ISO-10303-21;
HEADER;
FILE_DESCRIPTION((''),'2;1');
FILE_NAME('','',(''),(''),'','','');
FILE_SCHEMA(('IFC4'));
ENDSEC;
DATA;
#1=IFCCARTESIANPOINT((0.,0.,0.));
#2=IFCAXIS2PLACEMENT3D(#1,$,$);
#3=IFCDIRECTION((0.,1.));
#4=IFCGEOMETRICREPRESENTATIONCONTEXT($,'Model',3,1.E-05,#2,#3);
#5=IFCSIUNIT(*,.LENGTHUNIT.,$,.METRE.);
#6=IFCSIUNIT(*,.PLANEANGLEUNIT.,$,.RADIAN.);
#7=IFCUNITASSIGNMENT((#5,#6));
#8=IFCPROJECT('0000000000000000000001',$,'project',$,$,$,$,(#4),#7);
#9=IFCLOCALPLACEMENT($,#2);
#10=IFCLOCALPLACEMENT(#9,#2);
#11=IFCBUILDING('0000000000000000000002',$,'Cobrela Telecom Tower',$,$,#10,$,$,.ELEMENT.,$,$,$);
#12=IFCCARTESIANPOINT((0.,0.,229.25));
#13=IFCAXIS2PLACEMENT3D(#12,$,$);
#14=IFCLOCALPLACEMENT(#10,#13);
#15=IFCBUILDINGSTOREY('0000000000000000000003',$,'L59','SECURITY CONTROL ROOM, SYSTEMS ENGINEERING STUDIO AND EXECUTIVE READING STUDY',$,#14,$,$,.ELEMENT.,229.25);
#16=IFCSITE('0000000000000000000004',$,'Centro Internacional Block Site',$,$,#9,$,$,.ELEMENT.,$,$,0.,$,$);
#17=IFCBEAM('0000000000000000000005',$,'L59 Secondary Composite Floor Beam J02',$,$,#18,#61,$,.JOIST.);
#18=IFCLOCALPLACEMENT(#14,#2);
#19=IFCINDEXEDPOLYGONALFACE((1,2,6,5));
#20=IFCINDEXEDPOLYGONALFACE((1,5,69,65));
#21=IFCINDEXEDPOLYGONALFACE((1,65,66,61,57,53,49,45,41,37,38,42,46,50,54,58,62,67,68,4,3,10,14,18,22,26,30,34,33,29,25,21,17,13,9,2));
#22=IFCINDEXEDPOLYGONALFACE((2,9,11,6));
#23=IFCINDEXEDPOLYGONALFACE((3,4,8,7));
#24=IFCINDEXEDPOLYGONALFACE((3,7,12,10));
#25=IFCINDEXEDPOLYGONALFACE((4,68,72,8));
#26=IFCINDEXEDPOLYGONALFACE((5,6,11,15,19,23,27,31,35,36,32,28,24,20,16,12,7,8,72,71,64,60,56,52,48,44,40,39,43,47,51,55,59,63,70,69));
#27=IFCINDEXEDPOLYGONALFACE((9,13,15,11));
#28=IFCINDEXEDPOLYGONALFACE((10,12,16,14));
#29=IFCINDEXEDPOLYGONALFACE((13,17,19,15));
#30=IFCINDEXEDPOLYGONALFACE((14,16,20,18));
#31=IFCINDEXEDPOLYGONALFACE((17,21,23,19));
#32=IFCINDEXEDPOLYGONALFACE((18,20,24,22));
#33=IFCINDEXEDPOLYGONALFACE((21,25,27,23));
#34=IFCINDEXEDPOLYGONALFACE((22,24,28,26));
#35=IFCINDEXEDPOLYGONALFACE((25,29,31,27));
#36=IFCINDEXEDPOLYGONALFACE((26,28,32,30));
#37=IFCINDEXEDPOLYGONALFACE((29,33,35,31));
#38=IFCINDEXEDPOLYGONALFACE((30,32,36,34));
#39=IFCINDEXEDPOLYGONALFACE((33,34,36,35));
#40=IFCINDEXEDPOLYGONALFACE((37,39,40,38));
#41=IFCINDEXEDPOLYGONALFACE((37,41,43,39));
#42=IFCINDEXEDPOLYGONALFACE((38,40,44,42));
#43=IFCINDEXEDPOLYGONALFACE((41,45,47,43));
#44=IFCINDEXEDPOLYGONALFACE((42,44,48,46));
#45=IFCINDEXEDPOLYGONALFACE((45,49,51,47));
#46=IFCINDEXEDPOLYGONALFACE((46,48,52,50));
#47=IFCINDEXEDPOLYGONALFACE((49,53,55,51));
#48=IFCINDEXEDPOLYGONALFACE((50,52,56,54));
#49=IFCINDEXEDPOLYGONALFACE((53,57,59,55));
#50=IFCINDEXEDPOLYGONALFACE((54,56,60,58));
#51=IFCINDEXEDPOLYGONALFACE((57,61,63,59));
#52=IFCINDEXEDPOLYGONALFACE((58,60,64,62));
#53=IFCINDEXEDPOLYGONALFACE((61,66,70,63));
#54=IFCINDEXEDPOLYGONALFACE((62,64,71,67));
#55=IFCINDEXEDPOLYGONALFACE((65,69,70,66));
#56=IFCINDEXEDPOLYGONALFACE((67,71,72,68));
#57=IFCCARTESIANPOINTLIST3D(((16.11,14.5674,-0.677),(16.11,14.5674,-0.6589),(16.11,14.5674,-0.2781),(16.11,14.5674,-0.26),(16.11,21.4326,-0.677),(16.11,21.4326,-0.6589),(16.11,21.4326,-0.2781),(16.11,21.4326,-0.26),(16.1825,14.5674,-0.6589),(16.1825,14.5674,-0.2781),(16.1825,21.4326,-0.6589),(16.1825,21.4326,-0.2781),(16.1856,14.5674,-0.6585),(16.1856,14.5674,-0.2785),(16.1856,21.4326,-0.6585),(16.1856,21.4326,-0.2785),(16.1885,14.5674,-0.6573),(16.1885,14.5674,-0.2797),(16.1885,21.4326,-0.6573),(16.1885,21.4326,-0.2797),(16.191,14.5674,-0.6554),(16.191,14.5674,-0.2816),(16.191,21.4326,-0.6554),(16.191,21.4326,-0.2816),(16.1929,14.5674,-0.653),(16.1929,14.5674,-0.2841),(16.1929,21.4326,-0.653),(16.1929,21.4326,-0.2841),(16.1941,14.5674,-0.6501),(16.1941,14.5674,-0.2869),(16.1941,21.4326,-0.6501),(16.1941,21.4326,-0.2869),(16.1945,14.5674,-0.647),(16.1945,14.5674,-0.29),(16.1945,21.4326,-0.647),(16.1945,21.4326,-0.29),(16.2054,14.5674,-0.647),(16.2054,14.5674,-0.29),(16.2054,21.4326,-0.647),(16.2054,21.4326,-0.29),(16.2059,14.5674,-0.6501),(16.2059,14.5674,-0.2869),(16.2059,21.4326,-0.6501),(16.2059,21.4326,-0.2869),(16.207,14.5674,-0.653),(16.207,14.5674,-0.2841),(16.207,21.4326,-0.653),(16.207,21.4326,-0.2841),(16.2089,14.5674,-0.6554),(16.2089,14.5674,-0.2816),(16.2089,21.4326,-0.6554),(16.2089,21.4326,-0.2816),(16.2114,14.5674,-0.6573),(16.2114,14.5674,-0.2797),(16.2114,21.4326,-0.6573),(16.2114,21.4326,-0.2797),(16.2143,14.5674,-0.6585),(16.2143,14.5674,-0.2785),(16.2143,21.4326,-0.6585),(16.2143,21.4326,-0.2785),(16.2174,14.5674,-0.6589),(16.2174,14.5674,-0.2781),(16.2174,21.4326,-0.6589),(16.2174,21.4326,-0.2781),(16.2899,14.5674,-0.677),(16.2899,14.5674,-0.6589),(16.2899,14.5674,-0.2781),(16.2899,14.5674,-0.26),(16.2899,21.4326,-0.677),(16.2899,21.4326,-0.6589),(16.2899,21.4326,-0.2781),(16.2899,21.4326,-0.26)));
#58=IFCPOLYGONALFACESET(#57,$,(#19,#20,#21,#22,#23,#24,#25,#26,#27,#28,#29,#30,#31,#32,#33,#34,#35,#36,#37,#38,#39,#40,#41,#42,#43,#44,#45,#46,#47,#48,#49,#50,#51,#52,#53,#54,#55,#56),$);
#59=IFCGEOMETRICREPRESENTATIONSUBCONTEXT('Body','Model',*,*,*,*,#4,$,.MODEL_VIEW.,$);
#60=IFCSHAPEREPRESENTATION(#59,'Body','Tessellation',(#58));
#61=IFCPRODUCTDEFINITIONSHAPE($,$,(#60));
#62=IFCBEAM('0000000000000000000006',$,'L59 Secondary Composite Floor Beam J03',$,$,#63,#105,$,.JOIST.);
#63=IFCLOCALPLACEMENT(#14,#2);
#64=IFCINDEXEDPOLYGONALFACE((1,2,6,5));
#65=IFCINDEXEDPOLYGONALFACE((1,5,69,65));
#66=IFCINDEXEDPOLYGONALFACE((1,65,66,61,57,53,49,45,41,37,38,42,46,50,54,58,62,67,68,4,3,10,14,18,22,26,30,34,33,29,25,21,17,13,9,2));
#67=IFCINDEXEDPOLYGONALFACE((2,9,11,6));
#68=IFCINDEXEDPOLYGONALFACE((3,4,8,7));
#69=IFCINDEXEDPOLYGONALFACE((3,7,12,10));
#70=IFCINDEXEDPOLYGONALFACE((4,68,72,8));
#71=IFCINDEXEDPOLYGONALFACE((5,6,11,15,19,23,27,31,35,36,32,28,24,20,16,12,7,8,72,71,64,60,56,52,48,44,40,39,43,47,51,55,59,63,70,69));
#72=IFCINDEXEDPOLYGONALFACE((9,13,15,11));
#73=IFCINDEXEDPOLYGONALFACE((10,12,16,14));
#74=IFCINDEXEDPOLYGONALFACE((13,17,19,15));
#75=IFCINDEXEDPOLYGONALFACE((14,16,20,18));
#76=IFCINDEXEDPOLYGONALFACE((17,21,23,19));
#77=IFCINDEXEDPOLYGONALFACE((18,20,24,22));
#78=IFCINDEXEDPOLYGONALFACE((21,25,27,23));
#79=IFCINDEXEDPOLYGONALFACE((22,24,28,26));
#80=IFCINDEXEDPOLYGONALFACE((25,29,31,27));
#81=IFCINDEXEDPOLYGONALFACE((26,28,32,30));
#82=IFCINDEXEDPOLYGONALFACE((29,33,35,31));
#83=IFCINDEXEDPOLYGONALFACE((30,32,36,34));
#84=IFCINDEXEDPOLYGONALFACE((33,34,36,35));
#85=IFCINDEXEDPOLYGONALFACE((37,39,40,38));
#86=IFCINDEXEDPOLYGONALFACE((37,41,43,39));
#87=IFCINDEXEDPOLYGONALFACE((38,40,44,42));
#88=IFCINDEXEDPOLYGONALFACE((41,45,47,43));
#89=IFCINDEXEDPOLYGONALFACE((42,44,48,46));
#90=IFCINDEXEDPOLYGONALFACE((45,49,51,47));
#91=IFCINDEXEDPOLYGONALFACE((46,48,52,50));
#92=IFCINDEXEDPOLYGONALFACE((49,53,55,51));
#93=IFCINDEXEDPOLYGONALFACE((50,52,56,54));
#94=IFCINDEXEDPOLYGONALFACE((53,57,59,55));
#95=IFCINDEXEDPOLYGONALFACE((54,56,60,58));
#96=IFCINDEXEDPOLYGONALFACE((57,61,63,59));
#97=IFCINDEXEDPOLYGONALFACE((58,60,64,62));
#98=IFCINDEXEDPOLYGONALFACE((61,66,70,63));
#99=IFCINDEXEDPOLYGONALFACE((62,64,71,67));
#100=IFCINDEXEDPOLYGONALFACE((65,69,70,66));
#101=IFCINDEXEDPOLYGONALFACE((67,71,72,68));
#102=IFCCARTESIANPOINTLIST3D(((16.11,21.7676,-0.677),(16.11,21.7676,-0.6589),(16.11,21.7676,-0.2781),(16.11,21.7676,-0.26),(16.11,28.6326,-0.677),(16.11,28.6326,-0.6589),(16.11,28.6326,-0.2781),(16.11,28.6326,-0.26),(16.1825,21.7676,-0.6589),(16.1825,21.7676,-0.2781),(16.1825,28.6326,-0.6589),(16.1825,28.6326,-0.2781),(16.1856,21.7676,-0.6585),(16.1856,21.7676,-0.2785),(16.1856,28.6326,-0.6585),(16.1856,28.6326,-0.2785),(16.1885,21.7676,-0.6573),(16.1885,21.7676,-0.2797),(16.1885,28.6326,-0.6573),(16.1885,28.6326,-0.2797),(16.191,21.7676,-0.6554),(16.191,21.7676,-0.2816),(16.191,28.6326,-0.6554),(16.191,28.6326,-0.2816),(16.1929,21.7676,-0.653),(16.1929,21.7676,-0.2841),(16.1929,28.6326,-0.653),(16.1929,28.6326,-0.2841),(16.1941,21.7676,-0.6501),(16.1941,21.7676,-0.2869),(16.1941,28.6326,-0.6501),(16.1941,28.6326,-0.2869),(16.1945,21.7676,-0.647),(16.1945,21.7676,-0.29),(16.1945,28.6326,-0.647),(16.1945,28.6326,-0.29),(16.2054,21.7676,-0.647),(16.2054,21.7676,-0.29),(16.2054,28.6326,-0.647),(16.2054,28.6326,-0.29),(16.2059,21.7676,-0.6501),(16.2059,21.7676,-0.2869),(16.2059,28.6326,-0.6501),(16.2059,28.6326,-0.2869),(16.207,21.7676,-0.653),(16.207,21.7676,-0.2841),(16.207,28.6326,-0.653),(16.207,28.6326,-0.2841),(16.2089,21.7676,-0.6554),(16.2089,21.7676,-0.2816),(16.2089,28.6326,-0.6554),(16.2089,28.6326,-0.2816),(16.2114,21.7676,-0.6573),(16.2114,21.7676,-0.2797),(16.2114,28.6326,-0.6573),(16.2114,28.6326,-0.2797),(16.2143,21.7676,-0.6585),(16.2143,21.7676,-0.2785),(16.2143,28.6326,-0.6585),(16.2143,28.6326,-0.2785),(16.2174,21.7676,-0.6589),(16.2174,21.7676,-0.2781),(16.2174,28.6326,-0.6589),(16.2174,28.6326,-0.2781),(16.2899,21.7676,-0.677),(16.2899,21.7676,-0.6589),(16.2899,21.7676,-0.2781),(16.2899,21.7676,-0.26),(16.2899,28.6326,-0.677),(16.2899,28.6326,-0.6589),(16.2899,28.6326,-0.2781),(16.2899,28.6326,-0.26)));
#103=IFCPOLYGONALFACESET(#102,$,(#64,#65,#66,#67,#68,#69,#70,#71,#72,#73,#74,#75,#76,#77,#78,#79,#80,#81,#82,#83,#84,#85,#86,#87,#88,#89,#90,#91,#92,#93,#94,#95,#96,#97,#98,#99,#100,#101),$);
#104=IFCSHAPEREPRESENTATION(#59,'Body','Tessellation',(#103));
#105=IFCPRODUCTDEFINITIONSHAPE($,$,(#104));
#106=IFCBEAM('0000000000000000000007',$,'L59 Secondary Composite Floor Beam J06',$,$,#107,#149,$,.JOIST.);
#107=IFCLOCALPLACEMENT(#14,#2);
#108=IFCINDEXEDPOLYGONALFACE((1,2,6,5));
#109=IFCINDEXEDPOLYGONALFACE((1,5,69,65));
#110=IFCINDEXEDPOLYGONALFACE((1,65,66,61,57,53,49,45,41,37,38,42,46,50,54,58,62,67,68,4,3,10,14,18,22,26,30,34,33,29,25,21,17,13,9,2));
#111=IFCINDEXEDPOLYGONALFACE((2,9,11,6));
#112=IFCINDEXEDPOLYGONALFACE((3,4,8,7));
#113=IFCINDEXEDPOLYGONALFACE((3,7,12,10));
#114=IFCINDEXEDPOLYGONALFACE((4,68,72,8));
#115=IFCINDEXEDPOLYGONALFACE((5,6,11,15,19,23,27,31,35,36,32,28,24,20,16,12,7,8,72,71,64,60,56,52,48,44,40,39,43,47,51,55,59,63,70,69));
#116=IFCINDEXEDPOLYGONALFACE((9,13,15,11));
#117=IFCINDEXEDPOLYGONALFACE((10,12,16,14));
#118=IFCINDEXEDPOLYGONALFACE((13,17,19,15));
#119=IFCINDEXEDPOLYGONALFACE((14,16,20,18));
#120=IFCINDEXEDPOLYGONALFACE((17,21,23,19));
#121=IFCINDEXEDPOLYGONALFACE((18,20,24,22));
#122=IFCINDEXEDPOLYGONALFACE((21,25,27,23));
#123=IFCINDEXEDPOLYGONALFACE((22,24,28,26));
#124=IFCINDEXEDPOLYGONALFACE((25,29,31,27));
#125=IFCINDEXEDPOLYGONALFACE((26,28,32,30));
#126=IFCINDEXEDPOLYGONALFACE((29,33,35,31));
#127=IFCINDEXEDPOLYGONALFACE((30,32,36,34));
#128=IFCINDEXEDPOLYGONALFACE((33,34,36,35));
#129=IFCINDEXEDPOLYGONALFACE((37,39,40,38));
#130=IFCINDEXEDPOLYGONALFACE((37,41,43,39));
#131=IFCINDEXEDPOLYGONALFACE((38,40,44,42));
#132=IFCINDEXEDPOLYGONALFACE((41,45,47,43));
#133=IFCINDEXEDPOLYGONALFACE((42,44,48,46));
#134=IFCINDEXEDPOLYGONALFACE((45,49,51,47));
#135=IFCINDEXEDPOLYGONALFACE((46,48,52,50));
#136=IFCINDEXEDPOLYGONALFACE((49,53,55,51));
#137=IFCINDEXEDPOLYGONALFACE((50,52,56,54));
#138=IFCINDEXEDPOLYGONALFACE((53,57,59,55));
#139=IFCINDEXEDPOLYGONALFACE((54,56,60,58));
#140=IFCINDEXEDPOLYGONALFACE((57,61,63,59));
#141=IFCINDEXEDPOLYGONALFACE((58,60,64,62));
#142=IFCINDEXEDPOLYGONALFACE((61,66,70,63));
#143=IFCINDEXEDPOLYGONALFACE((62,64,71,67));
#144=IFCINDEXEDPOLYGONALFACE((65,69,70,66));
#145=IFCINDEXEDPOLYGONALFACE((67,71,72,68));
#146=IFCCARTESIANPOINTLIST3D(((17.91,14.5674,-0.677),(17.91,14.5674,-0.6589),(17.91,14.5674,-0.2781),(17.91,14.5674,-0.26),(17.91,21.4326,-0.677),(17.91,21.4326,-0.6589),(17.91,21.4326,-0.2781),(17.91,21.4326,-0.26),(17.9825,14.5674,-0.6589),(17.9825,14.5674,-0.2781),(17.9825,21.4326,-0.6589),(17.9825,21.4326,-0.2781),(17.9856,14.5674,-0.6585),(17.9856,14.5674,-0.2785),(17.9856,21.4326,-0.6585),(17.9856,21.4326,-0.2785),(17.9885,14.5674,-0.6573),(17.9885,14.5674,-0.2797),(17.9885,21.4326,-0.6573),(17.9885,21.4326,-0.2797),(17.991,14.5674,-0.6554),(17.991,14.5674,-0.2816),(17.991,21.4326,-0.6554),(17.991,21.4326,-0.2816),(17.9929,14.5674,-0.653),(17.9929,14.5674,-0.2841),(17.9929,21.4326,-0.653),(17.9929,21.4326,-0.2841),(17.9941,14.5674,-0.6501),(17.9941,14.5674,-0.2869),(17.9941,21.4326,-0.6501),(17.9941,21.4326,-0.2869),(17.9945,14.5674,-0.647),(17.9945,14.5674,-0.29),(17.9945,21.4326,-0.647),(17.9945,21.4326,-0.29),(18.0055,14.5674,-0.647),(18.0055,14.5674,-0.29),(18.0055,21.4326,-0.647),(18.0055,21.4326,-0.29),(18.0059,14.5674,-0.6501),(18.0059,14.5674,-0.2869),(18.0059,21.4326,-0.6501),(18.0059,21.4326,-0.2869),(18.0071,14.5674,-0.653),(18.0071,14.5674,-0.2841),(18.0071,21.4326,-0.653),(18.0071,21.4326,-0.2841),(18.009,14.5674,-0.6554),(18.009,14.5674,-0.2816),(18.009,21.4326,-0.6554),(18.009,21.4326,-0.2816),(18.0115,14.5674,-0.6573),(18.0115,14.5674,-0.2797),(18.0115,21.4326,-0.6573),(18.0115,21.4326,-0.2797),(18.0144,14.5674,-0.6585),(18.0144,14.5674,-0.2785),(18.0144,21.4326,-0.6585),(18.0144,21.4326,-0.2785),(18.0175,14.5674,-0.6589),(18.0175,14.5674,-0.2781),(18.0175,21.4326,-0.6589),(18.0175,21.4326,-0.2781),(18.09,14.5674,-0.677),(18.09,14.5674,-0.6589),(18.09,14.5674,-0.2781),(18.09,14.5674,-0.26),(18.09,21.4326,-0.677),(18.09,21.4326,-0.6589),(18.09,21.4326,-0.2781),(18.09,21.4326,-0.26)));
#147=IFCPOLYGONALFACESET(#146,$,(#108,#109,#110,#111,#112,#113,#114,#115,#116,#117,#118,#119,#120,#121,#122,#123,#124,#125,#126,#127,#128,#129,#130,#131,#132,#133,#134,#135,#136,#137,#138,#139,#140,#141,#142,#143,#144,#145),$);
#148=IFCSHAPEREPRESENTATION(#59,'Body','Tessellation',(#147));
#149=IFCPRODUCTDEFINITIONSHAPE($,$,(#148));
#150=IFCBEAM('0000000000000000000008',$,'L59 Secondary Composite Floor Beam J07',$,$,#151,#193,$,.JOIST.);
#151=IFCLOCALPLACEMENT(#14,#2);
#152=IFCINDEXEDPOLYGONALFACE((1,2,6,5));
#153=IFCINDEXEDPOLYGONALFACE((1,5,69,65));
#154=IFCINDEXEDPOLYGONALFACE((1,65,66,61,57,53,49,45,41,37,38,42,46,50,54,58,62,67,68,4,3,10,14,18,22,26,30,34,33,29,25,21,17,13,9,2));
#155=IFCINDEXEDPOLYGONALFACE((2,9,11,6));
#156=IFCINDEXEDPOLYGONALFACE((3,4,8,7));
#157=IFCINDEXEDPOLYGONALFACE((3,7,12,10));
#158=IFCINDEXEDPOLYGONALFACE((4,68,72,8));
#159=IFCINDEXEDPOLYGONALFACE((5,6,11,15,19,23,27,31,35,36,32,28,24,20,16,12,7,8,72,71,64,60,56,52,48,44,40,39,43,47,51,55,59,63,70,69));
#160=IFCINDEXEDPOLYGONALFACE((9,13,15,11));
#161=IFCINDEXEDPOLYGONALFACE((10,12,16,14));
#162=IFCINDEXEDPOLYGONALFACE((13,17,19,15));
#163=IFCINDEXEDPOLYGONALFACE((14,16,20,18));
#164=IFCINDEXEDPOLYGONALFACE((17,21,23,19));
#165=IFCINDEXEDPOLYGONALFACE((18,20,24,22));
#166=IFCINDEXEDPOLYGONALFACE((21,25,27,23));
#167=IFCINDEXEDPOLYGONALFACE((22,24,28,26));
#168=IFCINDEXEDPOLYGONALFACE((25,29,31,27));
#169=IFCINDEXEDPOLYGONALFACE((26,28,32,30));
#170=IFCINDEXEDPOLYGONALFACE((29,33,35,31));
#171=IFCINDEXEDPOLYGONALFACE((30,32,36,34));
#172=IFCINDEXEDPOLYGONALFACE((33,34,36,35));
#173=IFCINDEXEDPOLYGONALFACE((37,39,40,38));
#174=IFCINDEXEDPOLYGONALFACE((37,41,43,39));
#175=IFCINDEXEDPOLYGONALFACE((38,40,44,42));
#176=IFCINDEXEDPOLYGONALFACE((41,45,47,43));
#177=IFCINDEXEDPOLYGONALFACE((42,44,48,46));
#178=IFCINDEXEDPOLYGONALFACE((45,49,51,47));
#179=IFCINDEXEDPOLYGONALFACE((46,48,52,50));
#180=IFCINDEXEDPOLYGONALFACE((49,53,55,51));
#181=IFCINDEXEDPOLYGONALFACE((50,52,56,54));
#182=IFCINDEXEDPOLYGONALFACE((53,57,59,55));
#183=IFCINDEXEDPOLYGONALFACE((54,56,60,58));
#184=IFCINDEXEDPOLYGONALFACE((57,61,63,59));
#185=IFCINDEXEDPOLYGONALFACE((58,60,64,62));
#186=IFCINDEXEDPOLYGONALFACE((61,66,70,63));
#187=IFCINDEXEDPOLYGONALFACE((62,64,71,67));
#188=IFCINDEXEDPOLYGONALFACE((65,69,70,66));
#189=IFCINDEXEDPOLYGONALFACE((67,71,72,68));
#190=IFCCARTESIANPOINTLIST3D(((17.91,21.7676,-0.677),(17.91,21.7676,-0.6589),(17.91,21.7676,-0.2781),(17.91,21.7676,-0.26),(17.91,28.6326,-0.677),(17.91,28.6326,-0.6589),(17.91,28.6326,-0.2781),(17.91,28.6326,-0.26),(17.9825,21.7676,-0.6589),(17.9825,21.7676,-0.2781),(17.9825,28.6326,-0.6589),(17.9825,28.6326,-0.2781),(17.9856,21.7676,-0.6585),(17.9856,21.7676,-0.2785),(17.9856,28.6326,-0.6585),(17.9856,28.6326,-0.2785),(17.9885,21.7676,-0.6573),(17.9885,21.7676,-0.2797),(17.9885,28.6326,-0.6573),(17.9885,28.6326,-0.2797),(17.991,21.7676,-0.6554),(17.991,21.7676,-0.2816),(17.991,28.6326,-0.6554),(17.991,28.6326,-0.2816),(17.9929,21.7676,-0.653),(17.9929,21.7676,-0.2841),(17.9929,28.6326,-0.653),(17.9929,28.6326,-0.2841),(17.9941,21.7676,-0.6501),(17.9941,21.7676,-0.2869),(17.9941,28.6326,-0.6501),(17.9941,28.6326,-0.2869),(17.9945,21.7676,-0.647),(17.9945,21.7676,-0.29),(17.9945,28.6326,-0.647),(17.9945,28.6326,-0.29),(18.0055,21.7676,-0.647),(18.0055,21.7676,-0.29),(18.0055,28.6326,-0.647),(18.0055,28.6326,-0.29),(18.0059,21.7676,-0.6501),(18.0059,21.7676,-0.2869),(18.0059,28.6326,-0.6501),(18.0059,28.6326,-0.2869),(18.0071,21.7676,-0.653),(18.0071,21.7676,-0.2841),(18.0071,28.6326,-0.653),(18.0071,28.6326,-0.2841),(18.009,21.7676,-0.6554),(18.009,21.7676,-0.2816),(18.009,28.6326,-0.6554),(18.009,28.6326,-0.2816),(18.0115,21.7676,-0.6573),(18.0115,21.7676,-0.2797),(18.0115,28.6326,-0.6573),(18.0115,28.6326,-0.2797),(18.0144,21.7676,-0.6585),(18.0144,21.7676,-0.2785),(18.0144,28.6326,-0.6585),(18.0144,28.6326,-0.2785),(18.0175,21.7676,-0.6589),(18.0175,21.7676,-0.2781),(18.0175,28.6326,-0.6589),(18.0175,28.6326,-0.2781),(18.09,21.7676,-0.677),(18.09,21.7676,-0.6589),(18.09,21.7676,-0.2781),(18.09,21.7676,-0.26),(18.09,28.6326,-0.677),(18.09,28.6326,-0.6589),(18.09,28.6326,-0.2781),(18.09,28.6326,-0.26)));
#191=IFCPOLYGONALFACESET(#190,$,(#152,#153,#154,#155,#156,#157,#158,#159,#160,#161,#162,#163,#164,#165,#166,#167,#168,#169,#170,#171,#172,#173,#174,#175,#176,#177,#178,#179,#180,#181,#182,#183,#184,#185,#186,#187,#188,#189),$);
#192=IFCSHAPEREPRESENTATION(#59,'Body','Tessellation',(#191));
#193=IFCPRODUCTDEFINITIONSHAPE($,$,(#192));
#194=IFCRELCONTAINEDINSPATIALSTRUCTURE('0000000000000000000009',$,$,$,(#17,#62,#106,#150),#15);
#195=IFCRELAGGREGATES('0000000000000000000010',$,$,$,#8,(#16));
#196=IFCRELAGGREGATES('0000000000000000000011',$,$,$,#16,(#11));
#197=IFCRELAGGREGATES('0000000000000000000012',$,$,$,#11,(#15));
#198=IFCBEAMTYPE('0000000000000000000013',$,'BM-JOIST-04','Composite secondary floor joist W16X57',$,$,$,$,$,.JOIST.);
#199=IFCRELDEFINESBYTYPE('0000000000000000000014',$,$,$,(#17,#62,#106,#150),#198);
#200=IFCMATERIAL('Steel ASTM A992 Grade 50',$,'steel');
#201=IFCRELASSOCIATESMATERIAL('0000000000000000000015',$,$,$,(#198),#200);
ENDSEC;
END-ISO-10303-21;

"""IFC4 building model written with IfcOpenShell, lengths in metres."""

from ifc_helpers import new_model, si_unit, direction, frame, origin, origin_2d, place, context, subcontext, project, spatial, i_section, extrude, material, material_profile, profile_set, type_object, element, save


model = new_model("IFC4")

# Units and contexts
model_context = context("Model", 3, precision=1e-05, world=origin(), true_north=direction((0.0, 1.0)))
body_context = subcontext(model_context, "Body", "Model", "MODEL_VIEW")
ifc_project = project(units=[si_unit("LENGTHUNIT", "METRE"), si_unit("PLANEANGLEUNIT", "RADIAN")], contexts=[model_context])

# Site, building, storey
site_placement = place(None, origin())
site = spatial("IfcSite", under=ifc_project, at=site_placement, Name="Centro Internacional Block Site", CompositionType="ELEMENT", RefElevation=0.0)
building_placement = place(site_placement, origin())
building = spatial("IfcBuilding", under=site, at=building_placement, Name="Cobrela Telecom Tower", CompositionType="ELEMENT")
storey_placement = place(building_placement, frame((0.0, 0.0, 229.25)))
storey = spatial("IfcBuildingStorey", under=building, at=storey_placement, Name="L59", Description="SECURITY CONTROL ROOM, SYSTEMS ENGINEERING STUDIO AND EXECUTIVE READING STUDY", CompositionType="ELEMENT", Elevation=229.25)

# Beams
ifc_material_1 = material(Name="Steel ASTM A992 Grade 50", Category="steel")
ifc_material_profile_1 = material_profile(ifc_material_1, i_section(OverallWidth=0.1799, OverallDepth=0.417, WebThickness=0.011, FlangeThickness=0.0181, FilletRadius=0.012, at=origin_2d()), Name="W16X57")
ifc_profile_set_1 = profile_set([ifc_material_profile_1], Name="Steel ASTM A992 Grade 50")
beam_type_1 = type_object("IfcBeamType", Name="BM-JOIST-04", Description="Composite secondary floor joist W16X57", PredefinedType="JOIST", material=ifc_profile_set_1)
beam_1_placement = place(storey_placement, frame((16.2, 14.5674, -0.4685), z_axis=(0.0, 1.0, 0.0), x_axis=(-1.0, 0.0, 0.0)))
element("IfcBeam", 1, at=beam_1_placement, inside=storey, type_object=beam_type_1, Name="L59 Secondary Composite Floor Beam J02", PredefinedType="JOIST", context=body_context, shape_type="SweptSolid", body=[
    extrude(i_section(OverallWidth=0.1799, OverallDepth=0.417, WebThickness=0.011, FlangeThickness=0.0181, FilletRadius=0.012, at=origin_2d()), origin(), (0.0, 0.0, 1.0), 6.8652),
])
beam_2_placement = place(storey_placement, frame((16.2, 21.7676, -0.4685), z_axis=(0.0, 1.0, 0.0), x_axis=(-1.0, 0.0, 0.0)))
element("IfcBeam", 2, at=beam_2_placement, inside=storey, type_object=beam_type_1, Name="L59 Secondary Composite Floor Beam J03", PredefinedType="JOIST", context=body_context, shape_type="SweptSolid", body=[
    extrude(i_section(OverallWidth=0.1799, OverallDepth=0.417, WebThickness=0.011, FlangeThickness=0.0181, FilletRadius=0.012, at=origin_2d()), origin(), (0.0, 0.0, 1.0), 6.865),
])
beam_3_placement = place(storey_placement, frame((18.0, 14.5674, -0.4685), z_axis=(0.0, 1.0, 0.0), x_axis=(-1.0, 0.0, 0.0)))
element("IfcBeam", 3, at=beam_3_placement, inside=storey, type_object=beam_type_1, Name="L59 Secondary Composite Floor Beam J06", PredefinedType="JOIST", context=body_context, shape_type="SweptSolid", body=[
    extrude(i_section(OverallWidth=0.1799, OverallDepth=0.417, WebThickness=0.011, FlangeThickness=0.0181, FilletRadius=0.012, at=origin_2d()), origin(), (0.0, 0.0, 1.0), 6.8652),
])
beam_4_placement = place(storey_placement, frame((18.0, 21.7676, -0.4685), z_axis=(0.0, 1.0, 0.0), x_axis=(-1.0, 0.0, 0.0)))
element("IfcBeam", 4, at=beam_4_placement, inside=storey, type_object=beam_type_1, Name="L59 Secondary Composite Floor Beam J07", PredefinedType="JOIST", context=body_context, shape_type="SweptSolid", body=[
    extrude(i_section(OverallWidth=0.1799, OverallDepth=0.417, WebThickness=0.011, FlangeThickness=0.0181, FilletRadius=0.012, at=origin_2d()), origin(), (0.0, 0.0, 1.0), 6.865),
])

save(model, "model.ifc")
